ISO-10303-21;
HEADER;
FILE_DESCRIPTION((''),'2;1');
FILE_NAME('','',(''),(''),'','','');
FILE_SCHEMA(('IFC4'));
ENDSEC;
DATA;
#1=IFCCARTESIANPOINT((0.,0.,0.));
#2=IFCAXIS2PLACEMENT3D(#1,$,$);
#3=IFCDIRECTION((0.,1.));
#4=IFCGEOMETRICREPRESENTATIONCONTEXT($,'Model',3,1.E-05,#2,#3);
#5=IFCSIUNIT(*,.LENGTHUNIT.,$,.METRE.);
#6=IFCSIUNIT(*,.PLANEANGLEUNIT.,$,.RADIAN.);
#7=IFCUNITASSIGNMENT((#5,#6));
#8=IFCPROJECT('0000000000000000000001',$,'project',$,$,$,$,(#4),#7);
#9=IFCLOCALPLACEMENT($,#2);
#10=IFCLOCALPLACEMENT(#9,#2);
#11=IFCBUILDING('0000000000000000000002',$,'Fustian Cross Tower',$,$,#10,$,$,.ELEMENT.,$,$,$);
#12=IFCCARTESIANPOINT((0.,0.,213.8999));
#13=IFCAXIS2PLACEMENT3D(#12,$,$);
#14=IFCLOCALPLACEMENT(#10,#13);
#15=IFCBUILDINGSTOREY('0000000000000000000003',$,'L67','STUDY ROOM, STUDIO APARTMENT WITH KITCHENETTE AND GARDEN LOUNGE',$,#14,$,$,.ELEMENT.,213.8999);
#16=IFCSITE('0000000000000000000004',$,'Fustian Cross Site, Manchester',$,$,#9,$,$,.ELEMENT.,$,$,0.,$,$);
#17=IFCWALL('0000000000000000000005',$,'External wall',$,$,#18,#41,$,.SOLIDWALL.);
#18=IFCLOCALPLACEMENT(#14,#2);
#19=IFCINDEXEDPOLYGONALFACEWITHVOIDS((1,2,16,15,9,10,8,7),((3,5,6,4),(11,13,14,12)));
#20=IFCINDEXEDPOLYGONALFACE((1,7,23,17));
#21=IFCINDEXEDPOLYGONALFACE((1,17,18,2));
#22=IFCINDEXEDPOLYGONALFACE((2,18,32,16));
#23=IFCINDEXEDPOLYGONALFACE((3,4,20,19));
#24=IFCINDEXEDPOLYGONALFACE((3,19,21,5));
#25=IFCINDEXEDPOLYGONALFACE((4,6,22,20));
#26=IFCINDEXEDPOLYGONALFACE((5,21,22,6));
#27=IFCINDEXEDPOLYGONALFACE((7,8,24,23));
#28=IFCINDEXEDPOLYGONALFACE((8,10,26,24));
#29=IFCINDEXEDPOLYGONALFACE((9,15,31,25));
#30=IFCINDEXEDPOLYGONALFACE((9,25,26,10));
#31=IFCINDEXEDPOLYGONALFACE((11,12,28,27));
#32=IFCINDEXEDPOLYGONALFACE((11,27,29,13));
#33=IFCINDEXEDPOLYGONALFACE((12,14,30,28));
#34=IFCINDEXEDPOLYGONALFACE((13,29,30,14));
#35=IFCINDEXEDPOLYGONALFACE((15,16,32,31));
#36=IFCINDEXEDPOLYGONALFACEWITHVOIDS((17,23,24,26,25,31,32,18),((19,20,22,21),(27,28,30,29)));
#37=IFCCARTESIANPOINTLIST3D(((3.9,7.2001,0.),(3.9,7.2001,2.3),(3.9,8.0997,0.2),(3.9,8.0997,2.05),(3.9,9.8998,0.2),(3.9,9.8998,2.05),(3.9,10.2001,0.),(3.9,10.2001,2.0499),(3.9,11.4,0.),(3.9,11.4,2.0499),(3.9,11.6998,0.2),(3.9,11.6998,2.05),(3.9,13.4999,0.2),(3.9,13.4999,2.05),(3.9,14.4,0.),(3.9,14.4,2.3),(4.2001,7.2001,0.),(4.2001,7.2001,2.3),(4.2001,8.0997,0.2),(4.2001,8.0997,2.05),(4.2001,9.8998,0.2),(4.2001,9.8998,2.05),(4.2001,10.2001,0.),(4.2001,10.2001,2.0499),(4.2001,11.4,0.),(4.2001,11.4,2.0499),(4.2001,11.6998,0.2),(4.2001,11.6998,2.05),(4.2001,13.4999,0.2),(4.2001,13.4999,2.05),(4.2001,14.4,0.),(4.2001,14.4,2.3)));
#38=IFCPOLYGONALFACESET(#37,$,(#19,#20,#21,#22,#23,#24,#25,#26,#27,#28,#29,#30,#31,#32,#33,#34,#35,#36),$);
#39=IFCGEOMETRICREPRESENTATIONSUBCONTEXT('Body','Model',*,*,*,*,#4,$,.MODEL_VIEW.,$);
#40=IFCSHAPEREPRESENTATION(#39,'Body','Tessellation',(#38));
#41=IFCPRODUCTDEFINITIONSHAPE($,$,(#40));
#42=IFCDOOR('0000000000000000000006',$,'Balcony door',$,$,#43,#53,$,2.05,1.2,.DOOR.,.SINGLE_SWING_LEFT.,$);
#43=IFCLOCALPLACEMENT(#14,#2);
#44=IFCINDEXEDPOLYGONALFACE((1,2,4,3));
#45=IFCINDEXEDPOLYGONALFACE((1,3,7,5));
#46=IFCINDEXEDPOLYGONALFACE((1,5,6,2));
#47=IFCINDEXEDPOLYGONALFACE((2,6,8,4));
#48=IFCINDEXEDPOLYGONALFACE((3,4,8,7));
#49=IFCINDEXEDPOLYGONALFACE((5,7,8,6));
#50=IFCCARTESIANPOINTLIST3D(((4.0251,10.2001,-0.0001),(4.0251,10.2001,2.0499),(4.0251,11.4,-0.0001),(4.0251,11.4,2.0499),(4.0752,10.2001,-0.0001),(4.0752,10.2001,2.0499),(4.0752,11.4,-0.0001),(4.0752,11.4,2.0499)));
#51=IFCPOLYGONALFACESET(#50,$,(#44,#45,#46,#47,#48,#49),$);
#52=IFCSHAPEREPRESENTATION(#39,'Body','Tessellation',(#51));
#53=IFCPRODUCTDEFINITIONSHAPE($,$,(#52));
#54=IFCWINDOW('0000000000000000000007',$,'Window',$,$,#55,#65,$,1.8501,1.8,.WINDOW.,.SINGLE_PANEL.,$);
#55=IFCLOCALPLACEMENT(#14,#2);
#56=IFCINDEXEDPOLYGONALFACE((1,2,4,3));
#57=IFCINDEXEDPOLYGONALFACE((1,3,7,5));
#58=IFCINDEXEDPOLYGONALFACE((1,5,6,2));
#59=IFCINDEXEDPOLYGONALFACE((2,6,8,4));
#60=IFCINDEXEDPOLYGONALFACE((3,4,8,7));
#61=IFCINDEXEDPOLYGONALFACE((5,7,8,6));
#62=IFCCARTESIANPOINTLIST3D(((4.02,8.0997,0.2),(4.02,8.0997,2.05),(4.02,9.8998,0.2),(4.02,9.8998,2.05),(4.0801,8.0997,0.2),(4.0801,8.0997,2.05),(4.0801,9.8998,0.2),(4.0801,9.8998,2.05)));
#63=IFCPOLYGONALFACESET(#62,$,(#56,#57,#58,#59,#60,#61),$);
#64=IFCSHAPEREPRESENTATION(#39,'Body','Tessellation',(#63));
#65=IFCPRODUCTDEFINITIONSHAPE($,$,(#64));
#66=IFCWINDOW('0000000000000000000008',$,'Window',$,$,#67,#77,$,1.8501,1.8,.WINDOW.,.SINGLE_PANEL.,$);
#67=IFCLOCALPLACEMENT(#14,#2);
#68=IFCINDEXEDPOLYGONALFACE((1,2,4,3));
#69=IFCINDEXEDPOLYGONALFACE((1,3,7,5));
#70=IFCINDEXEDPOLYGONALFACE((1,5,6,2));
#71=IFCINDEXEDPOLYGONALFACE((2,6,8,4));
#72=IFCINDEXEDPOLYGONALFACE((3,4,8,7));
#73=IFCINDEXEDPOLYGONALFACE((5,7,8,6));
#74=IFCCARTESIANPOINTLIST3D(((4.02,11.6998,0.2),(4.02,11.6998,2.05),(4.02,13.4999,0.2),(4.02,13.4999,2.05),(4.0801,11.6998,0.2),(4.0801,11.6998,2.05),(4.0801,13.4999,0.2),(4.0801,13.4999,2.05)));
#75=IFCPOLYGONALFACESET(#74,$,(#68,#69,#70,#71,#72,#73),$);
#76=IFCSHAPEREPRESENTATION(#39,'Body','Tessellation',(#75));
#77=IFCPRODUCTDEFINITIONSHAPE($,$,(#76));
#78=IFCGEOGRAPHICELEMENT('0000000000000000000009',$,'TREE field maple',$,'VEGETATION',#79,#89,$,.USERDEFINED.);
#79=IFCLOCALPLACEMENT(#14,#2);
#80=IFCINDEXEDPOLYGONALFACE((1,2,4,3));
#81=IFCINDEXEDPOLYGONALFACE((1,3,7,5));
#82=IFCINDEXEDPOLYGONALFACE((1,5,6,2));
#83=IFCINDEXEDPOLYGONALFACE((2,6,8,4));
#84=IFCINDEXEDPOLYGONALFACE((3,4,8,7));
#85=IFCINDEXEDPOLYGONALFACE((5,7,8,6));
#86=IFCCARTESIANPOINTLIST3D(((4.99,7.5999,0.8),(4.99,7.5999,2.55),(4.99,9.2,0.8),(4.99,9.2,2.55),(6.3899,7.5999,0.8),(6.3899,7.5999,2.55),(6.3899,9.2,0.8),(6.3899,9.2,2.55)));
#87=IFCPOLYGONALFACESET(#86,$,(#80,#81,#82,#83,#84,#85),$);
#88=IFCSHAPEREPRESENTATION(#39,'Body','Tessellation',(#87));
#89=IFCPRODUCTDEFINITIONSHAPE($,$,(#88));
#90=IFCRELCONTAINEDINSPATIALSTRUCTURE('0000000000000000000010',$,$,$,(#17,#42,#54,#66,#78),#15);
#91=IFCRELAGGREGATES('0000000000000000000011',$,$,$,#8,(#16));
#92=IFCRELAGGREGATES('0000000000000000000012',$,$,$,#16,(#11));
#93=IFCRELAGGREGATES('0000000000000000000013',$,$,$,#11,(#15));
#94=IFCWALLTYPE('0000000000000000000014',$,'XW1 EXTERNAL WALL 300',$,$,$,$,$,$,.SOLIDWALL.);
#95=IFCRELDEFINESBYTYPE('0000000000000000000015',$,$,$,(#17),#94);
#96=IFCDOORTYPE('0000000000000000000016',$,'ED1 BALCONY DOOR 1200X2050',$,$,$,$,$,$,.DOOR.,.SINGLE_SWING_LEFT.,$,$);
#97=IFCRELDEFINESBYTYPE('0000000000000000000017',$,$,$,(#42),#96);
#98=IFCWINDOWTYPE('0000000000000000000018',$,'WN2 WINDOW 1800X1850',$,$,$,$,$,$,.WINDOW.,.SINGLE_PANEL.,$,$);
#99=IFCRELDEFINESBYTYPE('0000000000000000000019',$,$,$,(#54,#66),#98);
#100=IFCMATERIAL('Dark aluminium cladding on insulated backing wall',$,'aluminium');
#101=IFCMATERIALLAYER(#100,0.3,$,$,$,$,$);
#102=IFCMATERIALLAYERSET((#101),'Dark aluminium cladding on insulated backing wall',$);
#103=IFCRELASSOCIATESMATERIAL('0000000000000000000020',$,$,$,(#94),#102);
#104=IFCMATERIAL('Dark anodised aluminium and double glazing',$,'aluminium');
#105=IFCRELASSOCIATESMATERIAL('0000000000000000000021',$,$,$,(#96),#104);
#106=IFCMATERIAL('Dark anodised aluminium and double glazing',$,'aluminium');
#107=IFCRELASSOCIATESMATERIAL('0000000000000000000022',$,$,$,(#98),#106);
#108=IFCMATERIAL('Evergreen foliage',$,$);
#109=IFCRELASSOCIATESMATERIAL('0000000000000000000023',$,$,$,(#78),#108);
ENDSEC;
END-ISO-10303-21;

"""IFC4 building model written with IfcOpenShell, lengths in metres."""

from ifc_helpers import new_model, si_unit, direction, frame, frame_2d, origin, origin_2d, place, context, subcontext, project, spatial, rectangle, extrude, material, layer, layer_set, type_object, element, fill, save


model = new_model("IFC4")

# Units and contexts
model_context = context("Model", 3, precision=1e-05, world=origin(), true_north=direction((0.0, 1.0)))
body_context = subcontext(model_context, "Body", "Model", "MODEL_VIEW")
ifc_project = project(units=[si_unit("LENGTHUNIT", "METRE"), si_unit("PLANEANGLEUNIT", "RADIAN")], contexts=[model_context])

# Site, building, storey
site_placement = place(None, origin())
site = spatial("IfcSite", under=ifc_project, at=site_placement, Name="Fustian Cross Site, Manchester", CompositionType="ELEMENT", RefElevation=0.0)
building_placement = place(site_placement, origin())
building = spatial("IfcBuilding", under=site, at=building_placement, Name="Fustian Cross Tower", CompositionType="ELEMENT")
storey_placement = place(building_placement, frame((0.0, 0.0, 213.8999)))
storey = spatial("IfcBuildingStorey", under=building, at=storey_placement, Name="L67", Description="STUDY ROOM, STUDIO APARTMENT WITH KITCHENETTE AND GARDEN LOUNGE", CompositionType="ELEMENT", Elevation=213.8999)

# Wall, openings, door, windows
ifc_material_1 = material(Name="Dark aluminium cladding on insulated backing wall", Category="aluminium")
ifc_layer_1 = layer(ifc_material_1, 0.3)
ifc_layer_set_1 = layer_set([ifc_layer_1], Name="Dark aluminium cladding on insulated backing wall")
wall_type_1 = type_object("IfcWallType", Name="XW1 EXTERNAL WALL 300", PredefinedType="SOLIDWALL", material=ifc_layer_set_1)
wall_1_placement = place(storey_placement, frame((4.05, 7.2, 0.0), z_axis=(0.0, 0.0, 1.0), x_axis=(0.0, 1.0, 0.0)))
wall_1 = element("IfcWall", 1, at=wall_1_placement, inside=storey, type_object=wall_type_1, Name="External wall", PredefinedType="SOLIDWALL", context=body_context, shape_type="SweptSolid", body=[
    extrude(rectangle(XDim=7.2, YDim=0.3, at=frame_2d((3.6001, 0.0))), origin(), (0.0, 0.0, 1.0), 2.3),
])
opening_1_placement = place(wall_1_placement, frame((3.0, 0.0, 0.0)))
opening_1 = element("IfcOpeningElement", 2, at=opening_1_placement, cuts=wall_1, PredefinedType="OPENING", context=body_context, shape_type="SweptSolid", body=[
    extrude(rectangle(XDim=1.2, YDim=2.05, at=frame_2d((0.6001, 1.0249))), frame((0.0, 0.1599, 0.0), z_axis=(0.0, -1.0, 0.0), x_axis=(1.0, 0.0, 0.0)), (0.0, 0.0, 1.0), 0.3201),
])
opening_2_placement = place(wall_1_placement, frame((0.8999, 0.0, 0.2)))
opening_2 = element("IfcOpeningElement", 3, at=opening_2_placement, cuts=wall_1, PredefinedType="OPENING", context=body_context, shape_type="SweptSolid", body=[
    extrude(rectangle(XDim=1.8, YDim=1.8501, at=frame_2d((0.8999, 0.925))), frame((0.0, 0.1599, 0.0), z_axis=(0.0, -1.0, 0.0), x_axis=(1.0, 0.0, 0.0)), (0.0, 0.0, 1.0), 0.3201),
])
opening_3_placement = place(wall_1_placement, frame((4.5, 0.0, 0.2)))
opening_3 = element("IfcOpeningElement", 4, at=opening_3_placement, cuts=wall_1, PredefinedType="OPENING", context=body_context, shape_type="SweptSolid", body=[
    extrude(rectangle(XDim=1.8, YDim=1.8501, at=frame_2d((0.8999, 0.925))), frame((0.0, 0.1599, 0.0), z_axis=(0.0, -1.0, 0.0), x_axis=(1.0, 0.0, 0.0)), (0.0, 0.0, 1.0), 0.3201),
])
ifc_material_2 = material(Name="Dark anodised aluminium and double glazing", Category="aluminium")
door_type_1 = type_object("IfcDoorType", Name="ED1 BALCONY DOOR 1200X2050", OperationType="SINGLE_SWING_LEFT", PredefinedType="DOOR", material=ifc_material_2)
door_1_placement = place(opening_1_placement, origin())
door_1 = element("IfcDoor", 5, at=door_1_placement, inside=storey, type_object=door_type_1, Name="Balcony door", OperationType="SINGLE_SWING_LEFT", OverallHeight=2.05, OverallWidth=1.2, PredefinedType="DOOR", context=body_context, shape_type="SweptSolid", body=[
    extrude(rectangle(XDim=1.2, YDim=2.05, at=frame_2d((0.6001, 1.0249))), frame((0.0, 0.0249, 0.0), z_axis=(0.0, -1.0, 0.0), x_axis=(1.0, 0.0, 0.0)), (0.0, 0.0, 1.0), 0.05),
])
fill(opening_1, door_1)
ifc_material_3 = material(Name="Dark anodised aluminium and double glazing", Category="aluminium")
window_type = type_object("IfcWindowType", Name="WN2 WINDOW 1800X1850", PartitioningType="SINGLE_PANEL", PredefinedType="WINDOW", material=ifc_material_3)
window_1_placement = place(opening_2_placement, origin())
window_1 = element("IfcWindow", 6, at=window_1_placement, inside=storey, type_object=window_type, Name="Window", OverallHeight=1.8501, OverallWidth=1.8, PartitioningType="SINGLE_PANEL", PredefinedType="WINDOW", context=body_context, shape_type="SweptSolid", body=[
    extrude(rectangle(XDim=1.8, YDim=1.8501, at=frame_2d((0.8999, 0.925))), frame((0.0, 0.03, 0.0), z_axis=(0.0, -1.0, 0.0), x_axis=(1.0, 0.0, 0.0)), (0.0, 0.0, 1.0), 0.0601),
])
fill(opening_2, window_1)
window_2_placement = place(opening_3_placement, origin())
window_2 = element("IfcWindow", 7, at=window_2_placement, inside=storey, type_object=window_type, Name="Window", OverallHeight=1.8501, OverallWidth=1.8, PartitioningType="SINGLE_PANEL", PredefinedType="WINDOW", context=body_context, shape_type="SweptSolid", body=[
    extrude(rectangle(XDim=1.8, YDim=1.8501, at=frame_2d((0.8999, 0.925))), frame((0.0, 0.03, 0.0), z_axis=(0.0, -1.0, 0.0), x_axis=(1.0, 0.0, 0.0)), (0.0, 0.0, 1.0), 0.0601),
])
fill(opening_3, window_2)

# Geographic element
ifc_material_4 = material(Name="Evergreen foliage")
geographic_element_placement = place(storey_placement, frame((5.6899, 8.3999, 0.8), z_axis=(0.0, 0.0, 1.0), x_axis=(1.0, 0.0, 0.0)))
element("IfcGeographicElement", 8, at=geographic_element_placement, inside=storey, material=ifc_material_4, Name="TREE field maple", ObjectType="VEGETATION", PredefinedType="USERDEFINED", context=body_context, shape_type="SweptSolid", body=[
    extrude(rectangle(XDim=1.3999, YDim=1.6001, at=origin_2d()), origin(), (0.0, 0.0, 1.0), 1.75),
])

save(model, "model.ifc")
